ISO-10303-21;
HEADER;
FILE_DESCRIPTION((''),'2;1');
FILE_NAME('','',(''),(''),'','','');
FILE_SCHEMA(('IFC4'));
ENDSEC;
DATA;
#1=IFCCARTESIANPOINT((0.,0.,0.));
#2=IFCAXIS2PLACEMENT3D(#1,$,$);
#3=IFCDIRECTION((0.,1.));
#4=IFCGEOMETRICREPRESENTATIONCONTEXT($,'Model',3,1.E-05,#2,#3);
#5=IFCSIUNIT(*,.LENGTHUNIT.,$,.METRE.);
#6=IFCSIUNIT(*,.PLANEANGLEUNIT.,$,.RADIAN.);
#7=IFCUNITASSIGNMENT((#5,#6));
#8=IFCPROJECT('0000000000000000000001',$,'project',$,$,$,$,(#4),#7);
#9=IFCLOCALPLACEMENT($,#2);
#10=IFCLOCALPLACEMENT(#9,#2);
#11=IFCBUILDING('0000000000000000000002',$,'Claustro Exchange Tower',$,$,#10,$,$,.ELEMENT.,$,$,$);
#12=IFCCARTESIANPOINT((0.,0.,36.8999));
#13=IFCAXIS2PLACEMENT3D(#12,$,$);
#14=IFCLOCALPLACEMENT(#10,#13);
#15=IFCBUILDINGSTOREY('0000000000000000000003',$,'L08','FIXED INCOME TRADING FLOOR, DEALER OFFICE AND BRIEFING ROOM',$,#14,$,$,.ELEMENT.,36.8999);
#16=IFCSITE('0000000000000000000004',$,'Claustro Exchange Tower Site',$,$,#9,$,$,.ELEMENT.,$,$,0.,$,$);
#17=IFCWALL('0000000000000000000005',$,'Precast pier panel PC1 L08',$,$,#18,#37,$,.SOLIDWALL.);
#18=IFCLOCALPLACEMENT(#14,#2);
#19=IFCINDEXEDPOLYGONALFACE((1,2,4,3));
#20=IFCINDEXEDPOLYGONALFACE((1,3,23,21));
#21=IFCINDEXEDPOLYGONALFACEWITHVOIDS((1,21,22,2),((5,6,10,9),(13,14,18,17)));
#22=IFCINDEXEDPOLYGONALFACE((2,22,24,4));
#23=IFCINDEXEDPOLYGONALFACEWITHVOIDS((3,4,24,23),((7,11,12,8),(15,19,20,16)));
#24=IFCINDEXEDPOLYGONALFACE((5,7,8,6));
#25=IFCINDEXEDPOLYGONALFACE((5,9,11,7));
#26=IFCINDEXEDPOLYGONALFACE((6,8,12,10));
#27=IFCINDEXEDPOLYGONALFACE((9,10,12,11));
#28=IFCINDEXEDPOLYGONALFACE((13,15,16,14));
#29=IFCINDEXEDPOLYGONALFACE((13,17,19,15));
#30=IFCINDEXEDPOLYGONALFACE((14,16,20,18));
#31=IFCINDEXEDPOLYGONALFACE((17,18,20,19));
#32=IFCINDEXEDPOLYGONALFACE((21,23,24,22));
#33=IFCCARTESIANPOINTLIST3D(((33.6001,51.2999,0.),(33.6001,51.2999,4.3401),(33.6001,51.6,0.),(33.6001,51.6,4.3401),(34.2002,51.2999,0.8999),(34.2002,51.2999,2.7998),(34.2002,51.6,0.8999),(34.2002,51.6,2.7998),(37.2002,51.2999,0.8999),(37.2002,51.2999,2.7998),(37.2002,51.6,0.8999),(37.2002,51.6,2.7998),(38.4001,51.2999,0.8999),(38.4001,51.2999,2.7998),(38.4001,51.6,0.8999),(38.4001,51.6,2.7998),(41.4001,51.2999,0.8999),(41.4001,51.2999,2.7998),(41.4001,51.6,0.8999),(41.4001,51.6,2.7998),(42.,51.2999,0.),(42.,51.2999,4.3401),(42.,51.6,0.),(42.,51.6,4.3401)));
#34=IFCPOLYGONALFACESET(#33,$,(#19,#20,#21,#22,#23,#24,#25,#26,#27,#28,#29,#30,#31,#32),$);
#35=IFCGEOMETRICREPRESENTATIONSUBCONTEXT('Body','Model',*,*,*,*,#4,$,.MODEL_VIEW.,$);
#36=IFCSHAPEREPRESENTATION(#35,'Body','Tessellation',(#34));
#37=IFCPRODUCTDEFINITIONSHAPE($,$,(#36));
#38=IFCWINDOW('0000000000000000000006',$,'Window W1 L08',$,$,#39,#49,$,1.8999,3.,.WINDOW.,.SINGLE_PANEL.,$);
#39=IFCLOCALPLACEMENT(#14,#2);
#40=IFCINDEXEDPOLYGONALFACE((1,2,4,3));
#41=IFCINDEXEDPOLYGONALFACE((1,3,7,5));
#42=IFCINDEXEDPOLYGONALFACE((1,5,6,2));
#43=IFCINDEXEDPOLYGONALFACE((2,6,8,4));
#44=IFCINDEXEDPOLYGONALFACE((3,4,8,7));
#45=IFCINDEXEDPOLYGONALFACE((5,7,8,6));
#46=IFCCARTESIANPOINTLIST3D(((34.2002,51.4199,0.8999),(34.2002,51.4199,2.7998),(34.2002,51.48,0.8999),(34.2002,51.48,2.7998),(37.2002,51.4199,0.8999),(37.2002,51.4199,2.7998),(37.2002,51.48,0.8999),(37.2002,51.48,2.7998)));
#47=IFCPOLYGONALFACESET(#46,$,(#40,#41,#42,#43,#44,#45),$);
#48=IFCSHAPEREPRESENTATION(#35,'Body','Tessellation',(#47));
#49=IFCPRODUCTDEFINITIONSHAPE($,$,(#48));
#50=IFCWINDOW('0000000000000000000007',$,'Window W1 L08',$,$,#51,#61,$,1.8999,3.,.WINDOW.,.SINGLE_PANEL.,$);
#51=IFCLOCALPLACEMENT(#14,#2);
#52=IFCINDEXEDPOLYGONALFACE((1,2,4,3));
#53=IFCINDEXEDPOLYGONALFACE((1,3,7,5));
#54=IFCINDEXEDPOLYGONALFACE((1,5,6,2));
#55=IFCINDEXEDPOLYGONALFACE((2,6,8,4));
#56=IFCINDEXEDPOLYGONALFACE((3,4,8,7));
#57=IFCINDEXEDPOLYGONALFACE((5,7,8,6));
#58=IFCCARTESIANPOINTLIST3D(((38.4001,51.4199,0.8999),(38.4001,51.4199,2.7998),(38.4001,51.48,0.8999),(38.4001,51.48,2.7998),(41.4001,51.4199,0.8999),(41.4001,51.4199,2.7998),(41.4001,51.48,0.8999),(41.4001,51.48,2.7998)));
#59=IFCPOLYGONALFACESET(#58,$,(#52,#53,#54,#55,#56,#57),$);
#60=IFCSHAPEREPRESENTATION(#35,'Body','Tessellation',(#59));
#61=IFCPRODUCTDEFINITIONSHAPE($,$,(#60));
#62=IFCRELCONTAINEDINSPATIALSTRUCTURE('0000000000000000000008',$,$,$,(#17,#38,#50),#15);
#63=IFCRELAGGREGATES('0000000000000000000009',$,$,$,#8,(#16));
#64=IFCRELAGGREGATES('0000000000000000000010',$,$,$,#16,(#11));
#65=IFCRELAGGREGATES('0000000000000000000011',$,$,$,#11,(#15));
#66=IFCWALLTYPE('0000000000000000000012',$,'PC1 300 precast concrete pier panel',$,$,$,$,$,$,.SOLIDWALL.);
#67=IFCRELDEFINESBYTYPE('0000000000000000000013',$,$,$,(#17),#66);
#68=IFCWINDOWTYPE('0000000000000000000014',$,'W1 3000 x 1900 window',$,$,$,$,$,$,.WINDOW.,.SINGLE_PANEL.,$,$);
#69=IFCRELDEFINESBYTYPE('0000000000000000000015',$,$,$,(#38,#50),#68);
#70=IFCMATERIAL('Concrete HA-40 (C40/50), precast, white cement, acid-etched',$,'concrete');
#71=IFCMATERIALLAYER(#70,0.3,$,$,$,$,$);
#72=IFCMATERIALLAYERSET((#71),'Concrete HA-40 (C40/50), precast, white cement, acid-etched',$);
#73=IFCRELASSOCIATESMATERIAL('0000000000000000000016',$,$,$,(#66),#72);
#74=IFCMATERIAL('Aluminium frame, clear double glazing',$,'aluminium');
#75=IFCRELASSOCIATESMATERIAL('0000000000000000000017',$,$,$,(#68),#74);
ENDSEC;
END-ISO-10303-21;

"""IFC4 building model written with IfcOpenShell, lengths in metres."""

from ifc_helpers import new_model, si_unit, direction, frame, frame_2d, origin, place, context, subcontext, project, spatial, rectangle, extrude, material, layer, layer_set, type_object, element, fill, save


model = new_model("IFC4")

# Units and contexts
model_context = context("Model", 3, precision=1e-05, world=origin(), true_north=direction((0.0, 1.0)))
body_context = subcontext(model_context, "Body", "Model", "MODEL_VIEW")
ifc_project = project(units=[si_unit("LENGTHUNIT", "METRE"), si_unit("PLANEANGLEUNIT", "RADIAN")], contexts=[model_context])

# Site, building, storey
site_placement = place(None, origin())
site = spatial("IfcSite", under=ifc_project, at=site_placement, Name="Claustro Exchange Tower Site", CompositionType="ELEMENT", RefElevation=0.0)
building_placement = place(site_placement, origin())
building = spatial("IfcBuilding", under=site, at=building_placement, Name="Claustro Exchange Tower", CompositionType="ELEMENT")
storey_placement = place(building_placement, frame((0.0, 0.0, 36.8999)))
storey = spatial("IfcBuildingStorey", under=building, at=storey_placement, Name="L08", Description="FIXED INCOME TRADING FLOOR, DEALER OFFICE AND BRIEFING ROOM", CompositionType="ELEMENT", Elevation=36.8999)

# Wall, openings, windows
ifc_material_1 = material(Name="Concrete HA-40 (C40/50), precast, white cement, acid-etched", Category="concrete")
ifc_layer_1 = layer(ifc_material_1, 0.3)
ifc_layer_set_1 = layer_set([ifc_layer_1], Name="Concrete HA-40 (C40/50), precast, white cement, acid-etched")
wall_type_1 = type_object("IfcWallType", Name="PC1 300 precast concrete pier panel", PredefinedType="SOLIDWALL", material=ifc_layer_set_1)
ifc_material_2 = material(Name="Aluminium frame, clear double glazing", Category="aluminium")
window_type = type_object("IfcWindowType", Name="W1 3000 x 1900 window", PartitioningType="SINGLE_PANEL", PredefinedType="WINDOW", material=ifc_material_2)
wall_1_placement = place(storey_placement, frame((33.6001, 51.45, 0.0), z_axis=(0.0, 0.0, 1.0), x_axis=(1.0, 0.0, 0.0)))
wall_1 = element("IfcWall", 1, at=wall_1_placement, inside=storey, type_object=wall_type_1, Name="Precast pier panel PC1 L08", PredefinedType="SOLIDWALL", context=body_context, shape_type="SweptSolid", body=[
    extrude(rectangle(XDim=8.3999, YDim=0.3, at=frame_2d((4.2, 0.0))), origin(), (0.0, 0.0, 1.0), 4.3401),
])
opening_1_placement = place(wall_1_placement, frame((0.6001, 0.0, 0.8999)))
opening_1 = element("IfcOpeningElement", 2, at=opening_1_placement, cuts=wall_1, PredefinedType="OPENING", context=body_context, shape_type="SweptSolid", body=[
    extrude(rectangle(XDim=3.0, YDim=1.8999, at=frame_2d((1.5, 0.95))), frame((0.0, 0.1599, 0.0), z_axis=(0.0, -1.0, 0.0), x_axis=(1.0, 0.0, 0.0)), (0.0, 0.0, 1.0), 0.3201),
])
opening_2_placement = place(wall_1_placement, frame((4.8, 0.0, 0.8999)))
opening_2 = element("IfcOpeningElement", 3, at=opening_2_placement, cuts=wall_1, PredefinedType="OPENING", context=body_context, shape_type="SweptSolid", body=[
    extrude(rectangle(XDim=3.0, YDim=1.8999, at=frame_2d((1.5, 0.95))), frame((0.0, 0.1599, 0.0), z_axis=(0.0, -1.0, 0.0), x_axis=(1.0, 0.0, 0.0)), (0.0, 0.0, 1.0), 0.3201),
])
window_1_placement = place(opening_1_placement, origin())
window_1 = element("IfcWindow", 4, at=window_1_placement, inside=storey, type_object=window_type, Name="Window W1 L08", OverallHeight=1.8999, OverallWidth=3.0, PartitioningType="SINGLE_PANEL", PredefinedType="WINDOW", context=body_context, shape_type="SweptSolid", body=[
    extrude(rectangle(XDim=3.0, YDim=1.8999, at=frame_2d((1.5, 0.95))), frame((0.0, 0.03, 0.0), z_axis=(0.0, -1.0, 0.0), x_axis=(1.0, 0.0, 0.0)), (0.0, 0.0, 1.0), 0.0601),
])
fill(opening_1, window_1)
window_2_placement = place(opening_2_placement, origin())
window_2 = element("IfcWindow", 5, at=window_2_placement, inside=storey, type_object=window_type, Name="Window W1 L08", OverallHeight=1.8999, OverallWidth=3.0, PartitioningType="SINGLE_PANEL", PredefinedType="WINDOW", context=body_context, shape_type="SweptSolid", body=[
    extrude(rectangle(XDim=3.0, YDim=1.8999, at=frame_2d((1.5, 0.95))), frame((0.0, 0.03, 0.0), z_axis=(0.0, -1.0, 0.0), x_axis=(1.0, 0.0, 0.0)), (0.0, 0.0, 1.0), 0.0601),
])
fill(opening_2, window_2)

save(model, "model.ifc")
